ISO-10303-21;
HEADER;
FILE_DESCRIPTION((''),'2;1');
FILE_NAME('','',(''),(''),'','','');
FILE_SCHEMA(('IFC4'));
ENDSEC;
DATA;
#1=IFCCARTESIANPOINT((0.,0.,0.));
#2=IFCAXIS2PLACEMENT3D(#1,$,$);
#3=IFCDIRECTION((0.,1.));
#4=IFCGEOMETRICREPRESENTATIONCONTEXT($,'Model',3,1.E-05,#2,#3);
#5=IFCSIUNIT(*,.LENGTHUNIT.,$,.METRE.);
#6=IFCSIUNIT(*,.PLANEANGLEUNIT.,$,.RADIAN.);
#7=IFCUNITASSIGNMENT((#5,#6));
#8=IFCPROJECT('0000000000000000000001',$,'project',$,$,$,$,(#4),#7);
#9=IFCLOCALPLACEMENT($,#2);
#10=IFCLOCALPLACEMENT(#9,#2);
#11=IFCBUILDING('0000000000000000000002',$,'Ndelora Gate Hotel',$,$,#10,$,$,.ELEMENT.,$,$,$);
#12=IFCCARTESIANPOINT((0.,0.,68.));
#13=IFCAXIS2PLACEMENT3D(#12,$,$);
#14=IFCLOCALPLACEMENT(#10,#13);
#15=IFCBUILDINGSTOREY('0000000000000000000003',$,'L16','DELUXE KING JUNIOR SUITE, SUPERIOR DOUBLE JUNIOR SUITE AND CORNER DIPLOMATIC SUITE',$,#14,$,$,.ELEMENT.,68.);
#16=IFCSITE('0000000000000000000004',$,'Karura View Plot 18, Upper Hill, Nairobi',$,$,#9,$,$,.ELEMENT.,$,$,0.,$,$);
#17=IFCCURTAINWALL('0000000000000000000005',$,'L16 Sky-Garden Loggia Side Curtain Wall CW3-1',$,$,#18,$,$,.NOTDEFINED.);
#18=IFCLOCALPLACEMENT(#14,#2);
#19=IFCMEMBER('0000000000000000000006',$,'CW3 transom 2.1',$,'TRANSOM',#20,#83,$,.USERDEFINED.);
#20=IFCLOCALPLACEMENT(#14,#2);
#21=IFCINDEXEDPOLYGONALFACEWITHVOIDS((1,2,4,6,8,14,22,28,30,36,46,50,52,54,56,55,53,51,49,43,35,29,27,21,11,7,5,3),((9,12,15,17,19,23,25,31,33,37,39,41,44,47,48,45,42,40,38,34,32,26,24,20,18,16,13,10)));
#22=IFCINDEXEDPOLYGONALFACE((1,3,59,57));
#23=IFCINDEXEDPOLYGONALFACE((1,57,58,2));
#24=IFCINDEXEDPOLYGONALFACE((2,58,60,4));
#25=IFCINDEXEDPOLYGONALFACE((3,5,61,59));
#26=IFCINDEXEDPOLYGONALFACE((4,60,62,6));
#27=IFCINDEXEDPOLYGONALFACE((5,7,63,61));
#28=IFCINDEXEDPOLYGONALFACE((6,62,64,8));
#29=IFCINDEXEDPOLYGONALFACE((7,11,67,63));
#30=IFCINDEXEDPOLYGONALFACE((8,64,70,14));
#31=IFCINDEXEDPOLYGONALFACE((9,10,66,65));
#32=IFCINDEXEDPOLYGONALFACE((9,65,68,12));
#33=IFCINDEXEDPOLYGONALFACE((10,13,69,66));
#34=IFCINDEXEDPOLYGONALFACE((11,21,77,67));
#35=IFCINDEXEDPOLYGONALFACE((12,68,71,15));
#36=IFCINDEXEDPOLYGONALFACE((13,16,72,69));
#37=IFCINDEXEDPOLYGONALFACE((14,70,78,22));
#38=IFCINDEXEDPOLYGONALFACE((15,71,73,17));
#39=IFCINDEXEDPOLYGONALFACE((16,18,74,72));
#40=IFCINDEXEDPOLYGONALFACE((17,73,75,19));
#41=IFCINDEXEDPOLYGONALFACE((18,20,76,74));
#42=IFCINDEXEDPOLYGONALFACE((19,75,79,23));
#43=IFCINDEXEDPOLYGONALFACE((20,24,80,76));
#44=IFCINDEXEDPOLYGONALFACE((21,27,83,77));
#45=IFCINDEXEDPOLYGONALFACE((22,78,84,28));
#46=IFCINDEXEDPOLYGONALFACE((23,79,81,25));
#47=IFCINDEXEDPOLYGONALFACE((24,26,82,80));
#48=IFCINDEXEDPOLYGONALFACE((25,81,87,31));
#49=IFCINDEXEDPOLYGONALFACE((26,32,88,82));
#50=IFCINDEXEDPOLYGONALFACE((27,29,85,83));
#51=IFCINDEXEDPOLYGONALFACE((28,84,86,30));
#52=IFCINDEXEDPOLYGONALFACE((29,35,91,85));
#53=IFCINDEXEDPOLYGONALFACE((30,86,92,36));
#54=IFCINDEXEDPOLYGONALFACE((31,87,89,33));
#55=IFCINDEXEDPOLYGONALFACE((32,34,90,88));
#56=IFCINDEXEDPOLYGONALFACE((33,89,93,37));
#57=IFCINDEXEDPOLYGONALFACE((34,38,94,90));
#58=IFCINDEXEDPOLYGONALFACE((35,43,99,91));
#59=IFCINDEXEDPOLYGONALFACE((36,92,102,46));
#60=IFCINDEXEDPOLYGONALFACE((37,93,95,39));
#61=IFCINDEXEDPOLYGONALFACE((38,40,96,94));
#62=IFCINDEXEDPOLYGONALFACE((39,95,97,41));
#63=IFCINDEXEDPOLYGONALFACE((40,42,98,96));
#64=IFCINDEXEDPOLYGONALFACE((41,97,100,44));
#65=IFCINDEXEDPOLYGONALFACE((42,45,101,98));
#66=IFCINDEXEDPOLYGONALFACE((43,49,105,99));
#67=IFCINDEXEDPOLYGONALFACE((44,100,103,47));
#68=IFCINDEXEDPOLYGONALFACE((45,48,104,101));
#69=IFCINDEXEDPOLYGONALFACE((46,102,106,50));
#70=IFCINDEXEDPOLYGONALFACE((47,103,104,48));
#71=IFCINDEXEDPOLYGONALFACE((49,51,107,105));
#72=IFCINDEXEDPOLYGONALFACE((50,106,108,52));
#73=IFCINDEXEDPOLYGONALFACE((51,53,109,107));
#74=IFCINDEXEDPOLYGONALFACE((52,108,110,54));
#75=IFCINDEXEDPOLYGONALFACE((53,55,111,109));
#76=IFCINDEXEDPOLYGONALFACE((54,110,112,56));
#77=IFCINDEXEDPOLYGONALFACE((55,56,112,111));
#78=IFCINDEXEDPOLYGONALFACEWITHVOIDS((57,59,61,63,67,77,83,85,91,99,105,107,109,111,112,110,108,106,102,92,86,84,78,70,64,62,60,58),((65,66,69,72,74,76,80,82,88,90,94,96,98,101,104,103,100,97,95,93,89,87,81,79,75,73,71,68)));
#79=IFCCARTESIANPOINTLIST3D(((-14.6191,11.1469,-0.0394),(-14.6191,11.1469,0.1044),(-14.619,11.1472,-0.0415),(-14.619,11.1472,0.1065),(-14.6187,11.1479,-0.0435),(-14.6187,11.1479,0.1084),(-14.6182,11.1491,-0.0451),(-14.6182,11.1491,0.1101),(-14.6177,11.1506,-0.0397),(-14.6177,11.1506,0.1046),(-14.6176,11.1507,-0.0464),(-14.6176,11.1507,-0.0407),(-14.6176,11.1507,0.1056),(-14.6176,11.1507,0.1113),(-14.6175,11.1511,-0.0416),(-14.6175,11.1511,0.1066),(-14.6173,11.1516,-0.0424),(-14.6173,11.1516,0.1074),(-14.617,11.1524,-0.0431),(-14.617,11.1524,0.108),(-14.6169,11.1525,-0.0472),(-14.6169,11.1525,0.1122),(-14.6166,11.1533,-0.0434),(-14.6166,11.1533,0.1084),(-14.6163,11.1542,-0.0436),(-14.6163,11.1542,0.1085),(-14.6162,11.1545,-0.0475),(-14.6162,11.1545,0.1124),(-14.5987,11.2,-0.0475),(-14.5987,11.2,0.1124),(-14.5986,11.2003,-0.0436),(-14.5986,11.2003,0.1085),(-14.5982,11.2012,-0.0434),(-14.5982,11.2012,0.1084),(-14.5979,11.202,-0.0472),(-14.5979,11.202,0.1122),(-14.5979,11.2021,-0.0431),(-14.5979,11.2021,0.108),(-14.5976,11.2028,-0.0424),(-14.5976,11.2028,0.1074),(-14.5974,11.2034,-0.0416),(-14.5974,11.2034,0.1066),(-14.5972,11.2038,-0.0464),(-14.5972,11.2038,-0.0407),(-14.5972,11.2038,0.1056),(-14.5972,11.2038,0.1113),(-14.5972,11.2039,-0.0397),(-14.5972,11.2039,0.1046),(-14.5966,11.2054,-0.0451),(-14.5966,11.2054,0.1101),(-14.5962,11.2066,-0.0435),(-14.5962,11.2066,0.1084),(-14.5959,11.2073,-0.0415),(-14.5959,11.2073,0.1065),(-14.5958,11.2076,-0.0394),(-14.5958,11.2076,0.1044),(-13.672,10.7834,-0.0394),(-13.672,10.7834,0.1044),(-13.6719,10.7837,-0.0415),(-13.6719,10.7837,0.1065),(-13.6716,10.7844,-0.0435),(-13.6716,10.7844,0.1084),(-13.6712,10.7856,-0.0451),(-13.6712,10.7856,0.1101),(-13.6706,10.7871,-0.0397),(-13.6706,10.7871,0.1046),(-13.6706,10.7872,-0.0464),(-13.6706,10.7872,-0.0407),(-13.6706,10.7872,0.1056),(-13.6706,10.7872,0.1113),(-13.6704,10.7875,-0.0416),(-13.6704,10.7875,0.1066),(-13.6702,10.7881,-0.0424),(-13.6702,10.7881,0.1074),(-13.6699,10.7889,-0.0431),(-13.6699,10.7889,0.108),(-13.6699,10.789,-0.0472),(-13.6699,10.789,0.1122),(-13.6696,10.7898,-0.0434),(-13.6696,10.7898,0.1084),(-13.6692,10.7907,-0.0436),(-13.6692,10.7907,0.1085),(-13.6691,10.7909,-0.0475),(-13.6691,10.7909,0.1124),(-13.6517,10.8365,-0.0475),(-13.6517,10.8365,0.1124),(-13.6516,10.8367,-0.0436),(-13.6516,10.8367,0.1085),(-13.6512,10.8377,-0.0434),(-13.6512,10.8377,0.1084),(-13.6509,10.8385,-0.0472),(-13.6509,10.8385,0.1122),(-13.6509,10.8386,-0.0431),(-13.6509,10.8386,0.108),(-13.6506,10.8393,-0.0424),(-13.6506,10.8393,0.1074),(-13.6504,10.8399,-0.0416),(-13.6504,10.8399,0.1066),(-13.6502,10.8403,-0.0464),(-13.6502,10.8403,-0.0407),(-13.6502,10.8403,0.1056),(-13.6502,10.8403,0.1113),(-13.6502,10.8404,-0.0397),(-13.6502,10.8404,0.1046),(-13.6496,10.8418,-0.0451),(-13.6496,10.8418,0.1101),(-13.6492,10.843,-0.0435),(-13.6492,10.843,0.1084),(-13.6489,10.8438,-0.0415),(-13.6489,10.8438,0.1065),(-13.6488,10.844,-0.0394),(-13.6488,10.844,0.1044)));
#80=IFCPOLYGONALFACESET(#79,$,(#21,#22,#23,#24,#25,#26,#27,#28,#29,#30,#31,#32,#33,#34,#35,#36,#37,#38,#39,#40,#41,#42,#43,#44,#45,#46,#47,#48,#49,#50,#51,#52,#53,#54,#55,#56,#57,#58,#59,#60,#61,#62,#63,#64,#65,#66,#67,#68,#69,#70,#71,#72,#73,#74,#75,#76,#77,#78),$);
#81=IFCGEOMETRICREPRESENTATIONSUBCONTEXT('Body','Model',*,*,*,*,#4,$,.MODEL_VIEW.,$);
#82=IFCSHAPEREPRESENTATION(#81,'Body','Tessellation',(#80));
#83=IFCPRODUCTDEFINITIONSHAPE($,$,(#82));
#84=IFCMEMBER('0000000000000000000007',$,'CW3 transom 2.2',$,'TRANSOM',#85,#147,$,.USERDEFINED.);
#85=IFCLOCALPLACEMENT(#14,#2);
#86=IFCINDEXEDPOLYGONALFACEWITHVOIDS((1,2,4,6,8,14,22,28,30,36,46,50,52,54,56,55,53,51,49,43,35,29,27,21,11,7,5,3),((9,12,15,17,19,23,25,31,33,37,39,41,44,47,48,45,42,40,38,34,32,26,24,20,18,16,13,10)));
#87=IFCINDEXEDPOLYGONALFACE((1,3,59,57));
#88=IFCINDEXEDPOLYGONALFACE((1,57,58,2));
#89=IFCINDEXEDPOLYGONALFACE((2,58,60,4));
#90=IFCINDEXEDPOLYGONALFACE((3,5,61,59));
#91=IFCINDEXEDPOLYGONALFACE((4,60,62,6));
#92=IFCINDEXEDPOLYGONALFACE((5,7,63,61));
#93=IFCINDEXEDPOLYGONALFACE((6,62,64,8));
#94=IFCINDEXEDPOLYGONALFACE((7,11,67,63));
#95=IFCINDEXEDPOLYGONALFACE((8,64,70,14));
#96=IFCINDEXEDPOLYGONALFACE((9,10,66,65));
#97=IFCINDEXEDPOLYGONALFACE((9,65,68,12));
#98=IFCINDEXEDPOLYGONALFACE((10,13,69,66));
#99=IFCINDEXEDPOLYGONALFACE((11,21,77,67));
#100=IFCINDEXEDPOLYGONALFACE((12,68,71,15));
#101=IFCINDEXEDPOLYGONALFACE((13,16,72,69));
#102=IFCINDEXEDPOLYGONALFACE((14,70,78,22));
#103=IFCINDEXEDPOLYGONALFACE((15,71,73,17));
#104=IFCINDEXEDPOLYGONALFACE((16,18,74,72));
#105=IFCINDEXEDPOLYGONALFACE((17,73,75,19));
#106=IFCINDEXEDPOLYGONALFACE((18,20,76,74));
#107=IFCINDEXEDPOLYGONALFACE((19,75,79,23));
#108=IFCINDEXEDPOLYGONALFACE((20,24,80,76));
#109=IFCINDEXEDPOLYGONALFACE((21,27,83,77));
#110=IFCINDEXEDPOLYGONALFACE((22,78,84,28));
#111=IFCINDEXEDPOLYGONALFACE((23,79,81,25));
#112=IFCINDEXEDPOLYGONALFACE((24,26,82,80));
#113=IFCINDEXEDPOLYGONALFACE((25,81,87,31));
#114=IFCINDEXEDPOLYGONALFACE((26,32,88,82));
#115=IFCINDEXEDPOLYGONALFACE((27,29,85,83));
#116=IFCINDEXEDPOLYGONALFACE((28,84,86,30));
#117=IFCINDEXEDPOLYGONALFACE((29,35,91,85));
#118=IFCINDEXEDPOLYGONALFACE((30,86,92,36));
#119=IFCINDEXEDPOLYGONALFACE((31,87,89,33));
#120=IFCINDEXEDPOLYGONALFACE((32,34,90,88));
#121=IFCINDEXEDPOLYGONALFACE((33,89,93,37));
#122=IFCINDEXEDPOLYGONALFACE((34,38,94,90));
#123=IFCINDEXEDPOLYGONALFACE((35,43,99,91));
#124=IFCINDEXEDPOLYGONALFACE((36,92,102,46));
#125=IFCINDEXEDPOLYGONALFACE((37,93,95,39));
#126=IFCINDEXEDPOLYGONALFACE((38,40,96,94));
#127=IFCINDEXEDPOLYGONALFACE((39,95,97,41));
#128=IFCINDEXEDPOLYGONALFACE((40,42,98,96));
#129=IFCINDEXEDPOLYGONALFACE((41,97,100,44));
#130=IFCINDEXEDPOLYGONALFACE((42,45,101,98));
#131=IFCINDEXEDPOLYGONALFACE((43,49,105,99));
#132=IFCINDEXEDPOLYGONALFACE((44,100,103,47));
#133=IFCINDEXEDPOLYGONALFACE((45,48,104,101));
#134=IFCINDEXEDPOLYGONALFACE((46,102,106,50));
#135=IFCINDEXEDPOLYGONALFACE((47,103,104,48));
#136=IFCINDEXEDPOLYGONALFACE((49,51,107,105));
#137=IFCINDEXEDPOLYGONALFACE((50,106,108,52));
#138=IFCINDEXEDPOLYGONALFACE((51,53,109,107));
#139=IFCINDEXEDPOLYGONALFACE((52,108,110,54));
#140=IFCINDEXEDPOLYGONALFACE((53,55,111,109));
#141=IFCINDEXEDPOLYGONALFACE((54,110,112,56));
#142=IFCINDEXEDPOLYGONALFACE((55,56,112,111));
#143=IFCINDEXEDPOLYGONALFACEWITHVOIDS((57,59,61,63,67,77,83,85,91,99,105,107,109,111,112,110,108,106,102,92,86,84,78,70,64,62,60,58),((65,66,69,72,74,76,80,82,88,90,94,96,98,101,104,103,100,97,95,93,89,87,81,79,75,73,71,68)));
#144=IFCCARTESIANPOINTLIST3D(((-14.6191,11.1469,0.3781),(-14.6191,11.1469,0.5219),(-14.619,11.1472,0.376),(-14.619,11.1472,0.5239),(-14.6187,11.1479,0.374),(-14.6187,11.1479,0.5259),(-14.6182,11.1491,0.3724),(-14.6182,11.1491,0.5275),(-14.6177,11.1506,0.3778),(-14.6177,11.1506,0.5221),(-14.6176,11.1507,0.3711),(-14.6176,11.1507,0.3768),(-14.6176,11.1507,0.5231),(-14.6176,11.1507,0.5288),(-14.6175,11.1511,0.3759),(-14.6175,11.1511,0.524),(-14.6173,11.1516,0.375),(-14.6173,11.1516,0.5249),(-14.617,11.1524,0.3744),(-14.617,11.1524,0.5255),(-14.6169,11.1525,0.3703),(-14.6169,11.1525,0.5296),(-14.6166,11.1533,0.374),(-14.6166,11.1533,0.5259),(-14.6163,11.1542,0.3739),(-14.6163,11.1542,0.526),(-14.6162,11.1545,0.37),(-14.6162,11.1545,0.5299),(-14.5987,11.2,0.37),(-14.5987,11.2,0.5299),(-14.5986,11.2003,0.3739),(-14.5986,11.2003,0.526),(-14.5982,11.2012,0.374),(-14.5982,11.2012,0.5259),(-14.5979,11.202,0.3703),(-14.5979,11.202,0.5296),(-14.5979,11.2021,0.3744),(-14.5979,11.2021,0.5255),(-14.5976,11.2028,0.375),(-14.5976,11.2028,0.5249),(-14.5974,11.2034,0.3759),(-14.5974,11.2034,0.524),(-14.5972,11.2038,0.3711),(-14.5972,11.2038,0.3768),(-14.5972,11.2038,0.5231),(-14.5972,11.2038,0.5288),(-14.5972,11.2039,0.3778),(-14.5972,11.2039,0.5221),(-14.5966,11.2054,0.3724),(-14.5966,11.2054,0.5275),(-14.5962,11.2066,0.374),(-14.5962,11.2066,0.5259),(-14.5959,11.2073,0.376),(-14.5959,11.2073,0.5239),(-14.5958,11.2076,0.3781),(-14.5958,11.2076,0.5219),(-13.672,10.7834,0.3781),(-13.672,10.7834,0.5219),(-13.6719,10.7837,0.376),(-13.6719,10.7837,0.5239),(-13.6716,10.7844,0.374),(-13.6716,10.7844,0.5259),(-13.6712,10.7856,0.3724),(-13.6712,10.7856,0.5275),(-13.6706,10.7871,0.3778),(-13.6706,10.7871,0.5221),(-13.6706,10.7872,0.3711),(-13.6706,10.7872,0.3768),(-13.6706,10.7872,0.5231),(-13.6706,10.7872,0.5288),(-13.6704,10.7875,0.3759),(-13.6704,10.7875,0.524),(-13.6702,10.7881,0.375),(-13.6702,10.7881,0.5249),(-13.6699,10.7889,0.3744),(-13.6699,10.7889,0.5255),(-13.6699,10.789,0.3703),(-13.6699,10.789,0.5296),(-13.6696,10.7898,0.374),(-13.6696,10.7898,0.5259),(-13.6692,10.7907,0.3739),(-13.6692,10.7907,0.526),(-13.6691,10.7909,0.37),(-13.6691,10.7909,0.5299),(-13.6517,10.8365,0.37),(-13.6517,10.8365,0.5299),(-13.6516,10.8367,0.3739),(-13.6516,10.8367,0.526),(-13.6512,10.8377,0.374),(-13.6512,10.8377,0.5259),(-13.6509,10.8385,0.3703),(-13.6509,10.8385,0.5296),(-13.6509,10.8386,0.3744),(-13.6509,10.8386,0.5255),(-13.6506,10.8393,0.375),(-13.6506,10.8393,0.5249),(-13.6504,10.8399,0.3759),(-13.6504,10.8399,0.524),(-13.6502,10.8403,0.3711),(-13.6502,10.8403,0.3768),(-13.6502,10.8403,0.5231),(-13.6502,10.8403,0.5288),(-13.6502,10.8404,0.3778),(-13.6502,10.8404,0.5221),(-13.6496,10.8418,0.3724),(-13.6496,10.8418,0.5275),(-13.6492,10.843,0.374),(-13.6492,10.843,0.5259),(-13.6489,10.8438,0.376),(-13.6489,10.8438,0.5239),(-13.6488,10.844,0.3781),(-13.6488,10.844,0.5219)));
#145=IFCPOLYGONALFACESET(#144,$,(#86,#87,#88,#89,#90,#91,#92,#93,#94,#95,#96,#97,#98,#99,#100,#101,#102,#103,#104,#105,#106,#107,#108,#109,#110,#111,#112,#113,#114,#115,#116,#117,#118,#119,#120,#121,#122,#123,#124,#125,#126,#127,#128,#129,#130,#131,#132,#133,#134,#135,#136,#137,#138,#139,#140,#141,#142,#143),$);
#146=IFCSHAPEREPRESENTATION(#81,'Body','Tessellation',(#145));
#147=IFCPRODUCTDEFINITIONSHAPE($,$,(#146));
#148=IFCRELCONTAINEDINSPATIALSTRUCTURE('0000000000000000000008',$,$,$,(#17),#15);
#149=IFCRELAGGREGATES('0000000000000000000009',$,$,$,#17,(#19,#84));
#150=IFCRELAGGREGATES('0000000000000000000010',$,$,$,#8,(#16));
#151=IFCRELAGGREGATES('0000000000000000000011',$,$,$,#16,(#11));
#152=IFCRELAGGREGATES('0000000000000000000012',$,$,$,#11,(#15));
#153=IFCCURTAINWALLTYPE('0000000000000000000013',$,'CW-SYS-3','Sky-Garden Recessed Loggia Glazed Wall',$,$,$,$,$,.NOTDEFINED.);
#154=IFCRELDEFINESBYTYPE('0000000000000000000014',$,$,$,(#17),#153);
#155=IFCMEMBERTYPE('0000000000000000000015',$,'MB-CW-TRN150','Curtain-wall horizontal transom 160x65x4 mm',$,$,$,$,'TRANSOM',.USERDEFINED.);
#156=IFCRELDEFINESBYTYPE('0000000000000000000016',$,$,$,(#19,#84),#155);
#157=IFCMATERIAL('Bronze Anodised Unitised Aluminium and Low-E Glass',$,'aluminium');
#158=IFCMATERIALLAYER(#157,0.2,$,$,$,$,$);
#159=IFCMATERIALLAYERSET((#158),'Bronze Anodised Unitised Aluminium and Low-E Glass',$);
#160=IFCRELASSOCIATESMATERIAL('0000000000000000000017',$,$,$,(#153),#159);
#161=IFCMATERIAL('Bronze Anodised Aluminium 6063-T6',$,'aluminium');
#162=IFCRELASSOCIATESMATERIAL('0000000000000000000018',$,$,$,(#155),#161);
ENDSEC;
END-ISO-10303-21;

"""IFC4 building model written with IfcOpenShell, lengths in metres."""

from ifc_helpers import new_model, si_unit, direction, frame, origin, origin_2d, place, context, subcontext, project, spatial, hollow_rectangle, extrude, material, layer, layer_set, material_profile, profile_set, type_object, element, aggregate, save


model = new_model("IFC4")

# Units and contexts
model_context = context("Model", 3, precision=1e-05, world=origin(), true_north=direction((0.0, 1.0)))
body_context = subcontext(model_context, "Body", "Model", "MODEL_VIEW")
ifc_project = project(units=[si_unit("LENGTHUNIT", "METRE"), si_unit("PLANEANGLEUNIT", "RADIAN")], contexts=[model_context])

# Site, building, storey
site_placement = place(None, origin())
site = spatial("IfcSite", under=ifc_project, at=site_placement, Name="Karura View Plot 18, Upper Hill, Nairobi", CompositionType="ELEMENT", RefElevation=0.0)
building_placement = place(site_placement, origin())
building = spatial("IfcBuilding", under=site, at=building_placement, Name="Ndelora Gate Hotel", CompositionType="ELEMENT")
storey_placement = place(building_placement, frame((0.0, 0.0, 68.0)))
storey = spatial("IfcBuildingStorey", under=building, at=storey_placement, Name="L16", Description="DELUXE KING JUNIOR SUITE, SUPERIOR DOUBLE JUNIOR SUITE AND CORNER DIPLOMATIC SUITE", CompositionType="ELEMENT", Elevation=68.0)

# Curtain wall, members
ifc_material_1 = material(Name="Bronze Anodised Unitised Aluminium and Low-E Glass", Category="aluminium")
ifc_layer_1 = layer(ifc_material_1, 0.2)
ifc_layer_set_1 = layer_set([ifc_layer_1], Name="Bronze Anodised Unitised Aluminium and Low-E Glass")
curtain_wall_type = type_object("IfcCurtainWallType", Name="CW-SYS-3", Description="Sky-Garden Recessed Loggia Glazed Wall", PredefinedType="NOTDEFINED", material=ifc_layer_set_1)
curtain_wall_placement = place(storey_placement, origin())
curtain_wall = element("IfcCurtainWall", 1, at=curtain_wall_placement, inside=storey, type_object=curtain_wall_type, Name="L16 Sky-Garden Loggia Side Curtain Wall CW3-1", PredefinedType="NOTDEFINED")
ifc_material_2 = material(Name="Bronze Anodised Aluminium 6063-T6", Category="aluminium")
ifc_material_profile_1 = material_profile(ifc_material_2, hollow_rectangle(XDim=0.0649, YDim=0.1599, WallThickness=0.0039, InnerFilletRadius=0.0039, OuterFilletRadius=0.0081, at=origin_2d()), Name="ALU 160x65x4")
ifc_profile_set_1 = profile_set([ifc_material_profile_1], Name="Bronze Anodised Aluminium 6063-T6")
member_type_1 = type_object("IfcMemberType", Name="MB-CW-TRN150", Description="Curtain-wall horizontal transom 160x65x4 mm", ElementType="TRANSOM", PredefinedType="USERDEFINED", material=ifc_profile_set_1)
member_1_placement = place(storey_placement, frame((-13.6604, 10.8137, 0.0325), z_axis=(-0.933581, 0.358366, 0.0), x_axis=(-0.358366, -0.933581, 0.0)))
member_1 = element("IfcMember", 2, at=member_1_placement, type_object=member_type_1, Name="CW3 transom 2.1", ObjectType="TRANSOM", PredefinedType="USERDEFINED", context=body_context, shape_type="SweptSolid", body=[
    extrude(hollow_rectangle(XDim=0.0649, YDim=0.1599, WallThickness=0.0039, InnerFilletRadius=0.0039, OuterFilletRadius=0.0081, at=origin_2d()), origin(), (0.0, 0.0, 1.0), 1.0144),
])
member_2_placement = place(storey_placement, frame((-13.6604, 10.8137, 0.45), z_axis=(-0.933581, 0.358366, 0.0), x_axis=(-0.358366, -0.933581, 0.0)))
member_2 = element("IfcMember", 3, at=member_2_placement, type_object=member_type_1, Name="CW3 transom 2.2", ObjectType="TRANSOM", PredefinedType="USERDEFINED", context=body_context, shape_type="SweptSolid", body=[
    extrude(hollow_rectangle(XDim=0.0649, YDim=0.1599, WallThickness=0.0039, InnerFilletRadius=0.0039, OuterFilletRadius=0.0081, at=origin_2d()), origin(), (0.0, 0.0, 1.0), 1.0144),
])
aggregate(curtain_wall, [member_1, member_2])

save(model, "model.ifc")
